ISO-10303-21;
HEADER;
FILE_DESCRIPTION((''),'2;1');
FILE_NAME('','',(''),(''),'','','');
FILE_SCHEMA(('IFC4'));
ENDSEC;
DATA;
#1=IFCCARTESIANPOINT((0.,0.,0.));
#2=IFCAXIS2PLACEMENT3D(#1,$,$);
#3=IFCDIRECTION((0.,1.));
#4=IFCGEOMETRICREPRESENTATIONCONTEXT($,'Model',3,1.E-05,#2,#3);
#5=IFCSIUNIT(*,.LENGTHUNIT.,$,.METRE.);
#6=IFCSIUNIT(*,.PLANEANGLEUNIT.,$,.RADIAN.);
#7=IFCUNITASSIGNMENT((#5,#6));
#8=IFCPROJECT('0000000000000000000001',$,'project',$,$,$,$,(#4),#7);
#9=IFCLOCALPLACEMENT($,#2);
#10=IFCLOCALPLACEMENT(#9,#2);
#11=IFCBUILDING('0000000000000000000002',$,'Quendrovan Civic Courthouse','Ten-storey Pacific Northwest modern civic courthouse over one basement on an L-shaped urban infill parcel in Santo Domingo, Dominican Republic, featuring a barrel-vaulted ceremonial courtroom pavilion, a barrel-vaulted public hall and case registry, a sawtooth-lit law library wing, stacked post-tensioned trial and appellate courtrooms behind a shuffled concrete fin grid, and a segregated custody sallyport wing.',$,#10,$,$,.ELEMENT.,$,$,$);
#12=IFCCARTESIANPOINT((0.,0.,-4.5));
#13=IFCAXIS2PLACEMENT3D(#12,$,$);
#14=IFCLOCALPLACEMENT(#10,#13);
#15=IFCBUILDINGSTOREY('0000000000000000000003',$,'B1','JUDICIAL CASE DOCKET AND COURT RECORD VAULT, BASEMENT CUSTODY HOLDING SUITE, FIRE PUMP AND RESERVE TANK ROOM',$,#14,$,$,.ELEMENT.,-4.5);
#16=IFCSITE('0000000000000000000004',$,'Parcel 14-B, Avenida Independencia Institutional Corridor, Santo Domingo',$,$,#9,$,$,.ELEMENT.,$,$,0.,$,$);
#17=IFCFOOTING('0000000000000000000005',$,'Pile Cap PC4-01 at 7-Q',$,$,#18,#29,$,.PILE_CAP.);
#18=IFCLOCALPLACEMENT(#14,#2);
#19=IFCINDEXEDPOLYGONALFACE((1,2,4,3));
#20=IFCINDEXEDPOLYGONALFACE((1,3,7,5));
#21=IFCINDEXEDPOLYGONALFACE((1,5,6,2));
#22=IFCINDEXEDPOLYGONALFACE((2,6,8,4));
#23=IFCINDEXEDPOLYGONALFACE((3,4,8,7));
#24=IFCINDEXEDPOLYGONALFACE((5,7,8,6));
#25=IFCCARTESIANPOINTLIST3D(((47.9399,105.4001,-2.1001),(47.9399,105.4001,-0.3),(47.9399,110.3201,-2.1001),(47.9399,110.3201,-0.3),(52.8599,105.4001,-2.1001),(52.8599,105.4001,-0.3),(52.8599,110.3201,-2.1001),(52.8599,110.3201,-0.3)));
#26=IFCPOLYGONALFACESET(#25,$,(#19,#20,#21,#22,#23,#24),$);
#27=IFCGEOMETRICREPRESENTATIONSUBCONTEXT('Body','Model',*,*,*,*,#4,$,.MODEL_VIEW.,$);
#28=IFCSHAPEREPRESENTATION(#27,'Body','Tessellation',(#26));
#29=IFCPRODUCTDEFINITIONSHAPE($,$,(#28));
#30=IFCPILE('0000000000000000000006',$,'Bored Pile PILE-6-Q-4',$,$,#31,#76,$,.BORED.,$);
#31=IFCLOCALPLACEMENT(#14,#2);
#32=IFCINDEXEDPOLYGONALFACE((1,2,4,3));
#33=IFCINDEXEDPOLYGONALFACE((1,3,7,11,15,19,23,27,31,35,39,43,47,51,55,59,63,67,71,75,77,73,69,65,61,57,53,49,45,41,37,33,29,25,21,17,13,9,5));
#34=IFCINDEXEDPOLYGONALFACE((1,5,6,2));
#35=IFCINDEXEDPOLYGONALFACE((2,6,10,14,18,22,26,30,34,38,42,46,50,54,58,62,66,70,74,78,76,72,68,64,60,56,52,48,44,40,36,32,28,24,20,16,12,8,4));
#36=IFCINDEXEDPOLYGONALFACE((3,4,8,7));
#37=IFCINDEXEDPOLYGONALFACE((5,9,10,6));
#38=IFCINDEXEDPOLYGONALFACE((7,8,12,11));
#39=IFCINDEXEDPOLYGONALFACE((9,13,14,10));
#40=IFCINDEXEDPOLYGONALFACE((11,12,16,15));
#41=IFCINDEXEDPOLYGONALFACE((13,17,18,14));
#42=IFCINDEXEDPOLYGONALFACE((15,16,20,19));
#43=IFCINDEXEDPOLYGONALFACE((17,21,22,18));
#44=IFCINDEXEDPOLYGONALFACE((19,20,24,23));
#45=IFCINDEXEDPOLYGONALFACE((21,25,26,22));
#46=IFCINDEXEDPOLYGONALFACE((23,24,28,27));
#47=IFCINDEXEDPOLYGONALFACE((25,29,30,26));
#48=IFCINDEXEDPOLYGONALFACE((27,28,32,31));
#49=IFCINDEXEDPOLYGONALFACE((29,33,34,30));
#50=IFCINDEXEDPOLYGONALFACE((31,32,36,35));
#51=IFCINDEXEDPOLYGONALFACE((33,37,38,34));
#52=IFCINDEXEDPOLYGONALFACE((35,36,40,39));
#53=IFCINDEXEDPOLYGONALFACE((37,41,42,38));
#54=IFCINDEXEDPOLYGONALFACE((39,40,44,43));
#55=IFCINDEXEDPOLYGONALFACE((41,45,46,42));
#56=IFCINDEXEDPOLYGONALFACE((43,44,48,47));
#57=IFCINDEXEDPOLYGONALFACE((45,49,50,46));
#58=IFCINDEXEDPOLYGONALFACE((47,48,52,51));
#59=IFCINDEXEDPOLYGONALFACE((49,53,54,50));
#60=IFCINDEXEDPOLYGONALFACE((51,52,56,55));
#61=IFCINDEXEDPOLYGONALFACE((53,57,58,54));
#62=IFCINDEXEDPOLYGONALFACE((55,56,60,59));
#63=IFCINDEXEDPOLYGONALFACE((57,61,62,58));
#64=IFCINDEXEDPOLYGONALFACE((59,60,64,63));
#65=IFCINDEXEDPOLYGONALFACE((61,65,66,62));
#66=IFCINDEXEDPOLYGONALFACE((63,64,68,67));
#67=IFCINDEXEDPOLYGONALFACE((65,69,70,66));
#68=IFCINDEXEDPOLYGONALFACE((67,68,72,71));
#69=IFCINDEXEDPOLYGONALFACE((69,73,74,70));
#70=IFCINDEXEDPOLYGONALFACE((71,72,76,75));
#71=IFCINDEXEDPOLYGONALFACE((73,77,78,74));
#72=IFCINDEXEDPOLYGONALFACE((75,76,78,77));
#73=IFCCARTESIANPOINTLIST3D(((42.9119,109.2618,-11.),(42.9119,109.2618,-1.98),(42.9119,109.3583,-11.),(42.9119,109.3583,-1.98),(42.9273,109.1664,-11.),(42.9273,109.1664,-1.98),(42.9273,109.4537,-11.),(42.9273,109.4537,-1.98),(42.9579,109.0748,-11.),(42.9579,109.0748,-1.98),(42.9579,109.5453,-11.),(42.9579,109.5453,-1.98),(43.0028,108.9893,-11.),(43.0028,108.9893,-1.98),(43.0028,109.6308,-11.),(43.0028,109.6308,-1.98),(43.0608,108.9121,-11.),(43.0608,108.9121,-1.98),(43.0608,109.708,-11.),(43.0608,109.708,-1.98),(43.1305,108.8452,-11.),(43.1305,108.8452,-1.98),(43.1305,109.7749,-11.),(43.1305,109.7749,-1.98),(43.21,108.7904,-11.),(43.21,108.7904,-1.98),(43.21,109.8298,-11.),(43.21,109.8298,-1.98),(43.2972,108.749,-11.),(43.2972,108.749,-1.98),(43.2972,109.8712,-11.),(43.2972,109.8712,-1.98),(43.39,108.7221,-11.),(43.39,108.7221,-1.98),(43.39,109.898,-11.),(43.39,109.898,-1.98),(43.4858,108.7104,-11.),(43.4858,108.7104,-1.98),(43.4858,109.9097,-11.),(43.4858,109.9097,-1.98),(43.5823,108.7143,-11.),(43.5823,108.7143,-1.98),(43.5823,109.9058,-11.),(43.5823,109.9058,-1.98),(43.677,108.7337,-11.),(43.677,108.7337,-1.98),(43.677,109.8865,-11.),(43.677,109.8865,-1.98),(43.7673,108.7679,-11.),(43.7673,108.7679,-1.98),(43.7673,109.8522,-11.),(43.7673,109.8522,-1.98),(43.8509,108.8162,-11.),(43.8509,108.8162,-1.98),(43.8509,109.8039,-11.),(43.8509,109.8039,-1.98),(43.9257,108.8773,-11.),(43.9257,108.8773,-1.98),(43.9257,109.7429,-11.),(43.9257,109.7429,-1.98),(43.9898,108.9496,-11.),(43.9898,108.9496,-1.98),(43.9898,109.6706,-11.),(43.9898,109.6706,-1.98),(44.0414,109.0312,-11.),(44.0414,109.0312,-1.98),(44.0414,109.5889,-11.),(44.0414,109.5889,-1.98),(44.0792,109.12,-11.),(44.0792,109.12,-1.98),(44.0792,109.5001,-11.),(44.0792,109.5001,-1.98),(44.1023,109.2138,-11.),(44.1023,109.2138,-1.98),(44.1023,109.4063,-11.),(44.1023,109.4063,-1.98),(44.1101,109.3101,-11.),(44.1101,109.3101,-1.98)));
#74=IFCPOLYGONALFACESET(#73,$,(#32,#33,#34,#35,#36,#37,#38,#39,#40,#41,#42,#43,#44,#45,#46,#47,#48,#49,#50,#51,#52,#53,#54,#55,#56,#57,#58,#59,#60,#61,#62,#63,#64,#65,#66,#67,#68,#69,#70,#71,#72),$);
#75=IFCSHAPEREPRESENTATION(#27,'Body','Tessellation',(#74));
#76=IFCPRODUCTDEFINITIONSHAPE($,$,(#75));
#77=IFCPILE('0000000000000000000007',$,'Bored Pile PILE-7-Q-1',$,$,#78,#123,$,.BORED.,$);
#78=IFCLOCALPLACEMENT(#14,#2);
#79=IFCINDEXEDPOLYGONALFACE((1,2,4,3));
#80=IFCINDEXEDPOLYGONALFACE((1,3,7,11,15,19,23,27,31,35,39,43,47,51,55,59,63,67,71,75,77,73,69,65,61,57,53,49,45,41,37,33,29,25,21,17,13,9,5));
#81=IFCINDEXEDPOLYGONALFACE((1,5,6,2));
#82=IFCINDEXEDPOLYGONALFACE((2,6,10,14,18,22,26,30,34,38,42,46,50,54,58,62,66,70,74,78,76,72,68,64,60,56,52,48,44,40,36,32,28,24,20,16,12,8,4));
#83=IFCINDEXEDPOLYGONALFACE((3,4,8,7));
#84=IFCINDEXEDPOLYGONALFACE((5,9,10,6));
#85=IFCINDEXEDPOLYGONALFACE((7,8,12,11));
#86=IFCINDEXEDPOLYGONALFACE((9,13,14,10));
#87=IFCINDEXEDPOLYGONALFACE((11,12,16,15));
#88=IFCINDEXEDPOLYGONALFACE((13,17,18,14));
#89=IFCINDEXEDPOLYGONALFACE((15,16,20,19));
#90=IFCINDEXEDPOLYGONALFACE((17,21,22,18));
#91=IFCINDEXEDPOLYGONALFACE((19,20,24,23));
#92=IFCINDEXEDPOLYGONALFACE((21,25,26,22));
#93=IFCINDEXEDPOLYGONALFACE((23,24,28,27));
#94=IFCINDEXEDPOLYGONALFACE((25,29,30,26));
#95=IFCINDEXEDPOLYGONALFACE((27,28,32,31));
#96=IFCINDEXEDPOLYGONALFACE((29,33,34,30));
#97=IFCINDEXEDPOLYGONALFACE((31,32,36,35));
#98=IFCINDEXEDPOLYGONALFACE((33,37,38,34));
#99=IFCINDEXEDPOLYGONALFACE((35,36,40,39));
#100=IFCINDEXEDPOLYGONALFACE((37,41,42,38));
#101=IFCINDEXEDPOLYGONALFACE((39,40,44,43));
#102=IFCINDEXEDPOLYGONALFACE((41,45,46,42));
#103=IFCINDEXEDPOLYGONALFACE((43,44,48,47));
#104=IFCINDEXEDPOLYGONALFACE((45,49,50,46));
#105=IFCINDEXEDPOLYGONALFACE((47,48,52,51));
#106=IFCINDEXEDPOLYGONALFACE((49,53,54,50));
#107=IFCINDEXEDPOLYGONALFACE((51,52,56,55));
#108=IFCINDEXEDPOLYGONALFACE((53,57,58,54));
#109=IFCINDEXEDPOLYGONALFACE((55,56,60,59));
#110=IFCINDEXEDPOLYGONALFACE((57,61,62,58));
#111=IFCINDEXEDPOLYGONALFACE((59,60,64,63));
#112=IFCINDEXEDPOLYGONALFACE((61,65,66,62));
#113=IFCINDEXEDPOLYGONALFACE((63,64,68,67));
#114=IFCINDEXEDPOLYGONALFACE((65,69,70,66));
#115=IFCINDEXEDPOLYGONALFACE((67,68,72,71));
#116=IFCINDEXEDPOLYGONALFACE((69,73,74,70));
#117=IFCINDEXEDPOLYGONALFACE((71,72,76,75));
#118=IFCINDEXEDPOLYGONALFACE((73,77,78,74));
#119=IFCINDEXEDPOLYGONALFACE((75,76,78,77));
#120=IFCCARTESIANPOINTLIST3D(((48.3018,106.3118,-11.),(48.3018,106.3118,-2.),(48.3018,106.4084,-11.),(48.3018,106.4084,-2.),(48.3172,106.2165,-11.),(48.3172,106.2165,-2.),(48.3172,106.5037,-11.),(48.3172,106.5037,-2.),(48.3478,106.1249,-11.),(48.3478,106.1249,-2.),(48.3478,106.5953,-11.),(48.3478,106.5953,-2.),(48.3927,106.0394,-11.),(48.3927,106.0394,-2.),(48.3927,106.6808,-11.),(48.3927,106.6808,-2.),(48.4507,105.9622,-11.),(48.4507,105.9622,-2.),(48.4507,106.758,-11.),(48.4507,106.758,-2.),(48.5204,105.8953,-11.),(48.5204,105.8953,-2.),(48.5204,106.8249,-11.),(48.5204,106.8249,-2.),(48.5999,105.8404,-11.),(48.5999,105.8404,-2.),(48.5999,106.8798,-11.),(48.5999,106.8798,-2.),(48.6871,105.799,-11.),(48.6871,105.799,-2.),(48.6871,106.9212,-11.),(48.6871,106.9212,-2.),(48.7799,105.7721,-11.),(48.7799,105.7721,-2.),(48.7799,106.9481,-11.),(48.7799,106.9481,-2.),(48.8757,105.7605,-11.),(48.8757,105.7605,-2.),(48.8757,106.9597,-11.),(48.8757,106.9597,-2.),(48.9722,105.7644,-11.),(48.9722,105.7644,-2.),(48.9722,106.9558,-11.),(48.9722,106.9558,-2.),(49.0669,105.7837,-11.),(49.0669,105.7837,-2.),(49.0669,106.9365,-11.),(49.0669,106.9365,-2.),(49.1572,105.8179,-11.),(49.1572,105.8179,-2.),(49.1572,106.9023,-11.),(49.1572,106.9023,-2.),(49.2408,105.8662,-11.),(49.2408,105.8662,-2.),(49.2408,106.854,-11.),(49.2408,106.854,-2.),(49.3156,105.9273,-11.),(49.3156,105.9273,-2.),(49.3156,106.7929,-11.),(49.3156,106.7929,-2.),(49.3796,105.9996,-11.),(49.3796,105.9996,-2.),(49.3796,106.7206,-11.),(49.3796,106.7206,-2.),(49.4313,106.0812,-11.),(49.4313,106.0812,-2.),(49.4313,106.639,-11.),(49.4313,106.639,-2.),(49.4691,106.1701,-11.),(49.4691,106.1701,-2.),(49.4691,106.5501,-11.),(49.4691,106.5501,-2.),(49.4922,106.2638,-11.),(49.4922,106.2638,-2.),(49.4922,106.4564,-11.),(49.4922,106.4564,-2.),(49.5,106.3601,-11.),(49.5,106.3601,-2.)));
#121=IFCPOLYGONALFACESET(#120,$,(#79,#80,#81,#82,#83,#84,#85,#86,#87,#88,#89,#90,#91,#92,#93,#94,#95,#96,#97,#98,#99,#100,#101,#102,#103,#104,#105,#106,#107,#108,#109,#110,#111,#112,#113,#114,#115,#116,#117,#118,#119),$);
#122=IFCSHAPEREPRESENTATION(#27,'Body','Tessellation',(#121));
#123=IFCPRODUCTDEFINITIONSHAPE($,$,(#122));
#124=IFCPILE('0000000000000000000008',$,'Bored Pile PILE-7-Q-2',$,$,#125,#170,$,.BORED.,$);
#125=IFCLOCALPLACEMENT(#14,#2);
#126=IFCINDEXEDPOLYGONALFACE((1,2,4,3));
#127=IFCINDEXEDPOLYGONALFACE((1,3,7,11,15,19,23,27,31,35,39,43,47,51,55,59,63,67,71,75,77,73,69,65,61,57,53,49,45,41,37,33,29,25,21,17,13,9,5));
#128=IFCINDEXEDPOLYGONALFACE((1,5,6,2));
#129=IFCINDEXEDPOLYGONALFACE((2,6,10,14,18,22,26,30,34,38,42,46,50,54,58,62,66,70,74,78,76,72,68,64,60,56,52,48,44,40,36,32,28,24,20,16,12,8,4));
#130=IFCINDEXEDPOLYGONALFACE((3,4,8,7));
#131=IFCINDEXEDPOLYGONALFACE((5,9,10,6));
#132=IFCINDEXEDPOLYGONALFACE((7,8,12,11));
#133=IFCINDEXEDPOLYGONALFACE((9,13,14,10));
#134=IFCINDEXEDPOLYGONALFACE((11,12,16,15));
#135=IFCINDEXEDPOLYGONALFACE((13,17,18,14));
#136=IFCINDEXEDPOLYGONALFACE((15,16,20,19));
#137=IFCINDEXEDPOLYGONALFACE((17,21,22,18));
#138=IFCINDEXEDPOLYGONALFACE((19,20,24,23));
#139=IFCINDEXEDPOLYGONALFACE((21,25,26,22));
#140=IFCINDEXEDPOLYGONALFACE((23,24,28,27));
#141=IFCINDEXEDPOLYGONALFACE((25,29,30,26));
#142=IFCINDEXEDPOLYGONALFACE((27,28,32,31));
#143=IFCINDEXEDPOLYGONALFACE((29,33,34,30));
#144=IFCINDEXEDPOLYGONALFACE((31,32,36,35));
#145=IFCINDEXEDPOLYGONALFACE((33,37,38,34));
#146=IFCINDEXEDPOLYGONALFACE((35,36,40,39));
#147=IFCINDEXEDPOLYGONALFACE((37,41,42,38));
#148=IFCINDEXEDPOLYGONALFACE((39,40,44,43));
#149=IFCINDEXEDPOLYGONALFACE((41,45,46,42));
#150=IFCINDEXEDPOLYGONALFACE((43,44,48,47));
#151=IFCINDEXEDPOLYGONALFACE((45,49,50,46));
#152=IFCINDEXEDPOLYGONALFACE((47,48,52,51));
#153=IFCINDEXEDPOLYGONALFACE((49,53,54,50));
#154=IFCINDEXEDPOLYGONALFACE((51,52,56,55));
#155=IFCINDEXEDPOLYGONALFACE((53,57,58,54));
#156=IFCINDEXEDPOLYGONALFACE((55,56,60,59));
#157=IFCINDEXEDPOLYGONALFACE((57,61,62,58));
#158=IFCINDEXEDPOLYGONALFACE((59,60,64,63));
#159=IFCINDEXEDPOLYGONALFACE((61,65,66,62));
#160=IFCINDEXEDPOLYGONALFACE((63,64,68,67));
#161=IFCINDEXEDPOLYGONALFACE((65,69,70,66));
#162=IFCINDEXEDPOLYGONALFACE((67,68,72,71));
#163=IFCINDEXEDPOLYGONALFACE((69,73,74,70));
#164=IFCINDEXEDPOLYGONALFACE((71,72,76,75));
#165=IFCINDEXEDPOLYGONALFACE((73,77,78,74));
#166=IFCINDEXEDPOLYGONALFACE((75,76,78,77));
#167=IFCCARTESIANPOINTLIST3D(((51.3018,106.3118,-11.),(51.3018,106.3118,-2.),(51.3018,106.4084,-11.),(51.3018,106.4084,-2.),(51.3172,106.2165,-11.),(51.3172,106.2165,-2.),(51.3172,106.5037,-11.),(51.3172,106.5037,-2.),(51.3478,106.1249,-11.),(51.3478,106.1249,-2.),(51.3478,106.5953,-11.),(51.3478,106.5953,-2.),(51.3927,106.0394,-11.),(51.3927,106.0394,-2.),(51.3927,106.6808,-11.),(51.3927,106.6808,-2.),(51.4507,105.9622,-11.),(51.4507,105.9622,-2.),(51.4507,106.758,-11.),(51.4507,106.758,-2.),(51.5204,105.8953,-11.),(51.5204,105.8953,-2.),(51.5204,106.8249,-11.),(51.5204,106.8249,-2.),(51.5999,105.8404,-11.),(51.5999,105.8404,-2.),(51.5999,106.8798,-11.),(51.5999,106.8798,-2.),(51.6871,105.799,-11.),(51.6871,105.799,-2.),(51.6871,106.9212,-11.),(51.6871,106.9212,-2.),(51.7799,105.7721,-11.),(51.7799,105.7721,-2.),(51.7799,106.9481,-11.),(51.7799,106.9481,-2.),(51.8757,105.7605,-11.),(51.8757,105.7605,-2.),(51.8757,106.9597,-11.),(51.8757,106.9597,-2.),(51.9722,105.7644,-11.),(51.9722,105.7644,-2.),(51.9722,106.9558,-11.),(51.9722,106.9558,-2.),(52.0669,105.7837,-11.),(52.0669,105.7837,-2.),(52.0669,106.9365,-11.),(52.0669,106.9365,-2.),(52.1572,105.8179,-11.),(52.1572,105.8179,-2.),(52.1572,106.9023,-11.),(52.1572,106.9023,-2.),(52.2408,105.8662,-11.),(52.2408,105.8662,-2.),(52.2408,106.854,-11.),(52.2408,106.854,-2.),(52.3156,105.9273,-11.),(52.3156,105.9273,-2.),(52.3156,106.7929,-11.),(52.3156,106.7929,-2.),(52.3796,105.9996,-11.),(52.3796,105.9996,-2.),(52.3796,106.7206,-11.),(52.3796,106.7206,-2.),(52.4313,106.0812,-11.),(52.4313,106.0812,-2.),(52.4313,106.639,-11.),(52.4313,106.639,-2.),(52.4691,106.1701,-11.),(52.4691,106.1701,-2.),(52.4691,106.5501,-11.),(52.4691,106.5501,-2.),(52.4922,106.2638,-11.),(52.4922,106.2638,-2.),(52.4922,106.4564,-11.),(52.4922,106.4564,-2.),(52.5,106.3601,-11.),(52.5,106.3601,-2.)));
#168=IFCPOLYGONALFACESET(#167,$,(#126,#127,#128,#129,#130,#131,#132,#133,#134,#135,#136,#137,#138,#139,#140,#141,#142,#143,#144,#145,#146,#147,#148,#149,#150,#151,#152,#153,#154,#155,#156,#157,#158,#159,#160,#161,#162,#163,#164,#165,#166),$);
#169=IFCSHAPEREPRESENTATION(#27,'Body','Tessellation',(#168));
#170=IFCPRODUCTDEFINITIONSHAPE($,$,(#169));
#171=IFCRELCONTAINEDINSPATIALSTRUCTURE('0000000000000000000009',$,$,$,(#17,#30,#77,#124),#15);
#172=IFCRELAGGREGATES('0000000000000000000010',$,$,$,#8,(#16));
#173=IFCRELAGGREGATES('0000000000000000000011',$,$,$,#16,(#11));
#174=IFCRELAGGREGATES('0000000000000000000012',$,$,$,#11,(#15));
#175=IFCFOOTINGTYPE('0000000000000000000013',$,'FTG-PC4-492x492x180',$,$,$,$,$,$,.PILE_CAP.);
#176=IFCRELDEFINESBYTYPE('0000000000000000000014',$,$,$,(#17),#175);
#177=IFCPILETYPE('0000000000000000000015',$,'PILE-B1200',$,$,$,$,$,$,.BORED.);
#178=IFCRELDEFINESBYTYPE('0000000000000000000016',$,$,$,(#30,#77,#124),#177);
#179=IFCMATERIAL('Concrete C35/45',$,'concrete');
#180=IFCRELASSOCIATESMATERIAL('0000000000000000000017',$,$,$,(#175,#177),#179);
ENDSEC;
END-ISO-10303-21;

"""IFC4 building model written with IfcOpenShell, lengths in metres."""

from ifc_helpers import new_model, si_unit, direction, frame, origin, origin_2d, place, context, subcontext, project, spatial, rectangle, circle, extrude, material, material_profile, profile_set, type_object, element, save


model = new_model("IFC4")

# Units and contexts
model_context = context("Model", 3, precision=1e-05, world=origin(), true_north=direction((0.0, 1.0)))
body_context = subcontext(model_context, "Body", "Model", "MODEL_VIEW")
ifc_project = project(units=[si_unit("LENGTHUNIT", "METRE"), si_unit("PLANEANGLEUNIT", "RADIAN")], contexts=[model_context])

# Site, building, storey
site_placement = place(None, origin())
site = spatial("IfcSite", under=ifc_project, at=site_placement, Name="Parcel 14-B, Avenida Independencia Institutional Corridor, Santo Domingo", CompositionType="ELEMENT", RefElevation=0.0)
building_placement = place(site_placement, origin())
building = spatial("IfcBuilding", under=site, at=building_placement, Name="Quendrovan Civic Courthouse", Description="Ten-storey Pacific Northwest modern civic courthouse over one basement on an L-shaped urban infill parcel in Santo Domingo, Dominican Republic, featuring a barrel-vaulted ceremonial courtroom pavilion, a barrel-vaulted public hall and case registry, a sawtooth-lit law library wing, stacked post-tensioned trial and appellate courtrooms behind a shuffled concrete fin grid, and a segregated custody sallyport wing.", CompositionType="ELEMENT")
storey_placement = place(building_placement, frame((0.0, 0.0, -4.5)))
storey = spatial("IfcBuildingStorey", under=building, at=storey_placement, Name="B1", Description="JUDICIAL CASE DOCKET AND COURT RECORD VAULT, BASEMENT CUSTODY HOLDING SUITE, FIRE PUMP AND RESERVE TANK ROOM", CompositionType="ELEMENT", Elevation=-4.5)

# Footing
ifc_material_1 = material(Name="Concrete C35/45", Category="concrete")
footing_type = type_object("IfcFootingType", Name="FTG-PC4-492x492x180", PredefinedType="PILE_CAP", material=ifc_material_1)
footing_placement = place(storey_placement, frame((50.3999, 107.8601, -2.1001), z_axis=(0.0, 0.0, 1.0), x_axis=(1.0, 0.0, 0.0)))
element("IfcFooting", 1, at=footing_placement, inside=storey, type_object=footing_type, Name="Pile Cap PC4-01 at 7-Q", PredefinedType="PILE_CAP", context=body_context, shape_type="SweptSolid", body=[
    extrude(rectangle(XDim=4.9199, YDim=4.9199, at=origin_2d()), origin(), (0.0, 0.0, 1.0), 1.8),
])

# Piles
ifc_material_profile_1 = material_profile(ifc_material_1, circle(Radius=0.6001, at=origin_2d()), Name="PILE-D1200")
ifc_profile_set_1 = profile_set([ifc_material_profile_1], Name="Concrete C35/45")
pile_type = type_object("IfcPileType", Name="PILE-B1200", PredefinedType="BORED", material=ifc_profile_set_1)
pile_placement = place(storey_placement, frame((43.51, 109.3101, -1.98), z_axis=(0.0, 0.0, -1.0), x_axis=(1.0, 0.0, 0.0)))
element("IfcPile", 2, at=pile_placement, inside=storey, type_object=pile_type, Name="Bored Pile PILE-6-Q-4", PredefinedType="BORED", context=body_context, shape_type="SweptSolid", body=[
    extrude(circle(Radius=0.6001, at=origin_2d()), origin(), (0.0, 0.0, 1.0), 9.02),
])
for number, where, z_axis, x_axis, name in (
    (3, (48.8999, 106.3601, -2.0), (0.0, 0.0, -1.0), (1.0, 0.0, 0.0), "Bored Pile PILE-7-Q-1"),
    (4, (51.8999, 106.3601, -2.0), (0.0, 0.0, -1.0), (1.0, 0.0, 0.0), "Bored Pile PILE-7-Q-2"),
):
    element("IfcPile", number, at=place(storey_placement, frame(where, z_axis=z_axis, x_axis=x_axis)), inside=storey, type_object=pile_type, Name=name, PredefinedType="BORED", context=body_context, shape_type="SweptSolid", body=[
        extrude(circle(Radius=0.6001, at=origin_2d()), origin(), (0.0, 0.0, 1.0), 9.0),
    ])

save(model, "model.ifc")
